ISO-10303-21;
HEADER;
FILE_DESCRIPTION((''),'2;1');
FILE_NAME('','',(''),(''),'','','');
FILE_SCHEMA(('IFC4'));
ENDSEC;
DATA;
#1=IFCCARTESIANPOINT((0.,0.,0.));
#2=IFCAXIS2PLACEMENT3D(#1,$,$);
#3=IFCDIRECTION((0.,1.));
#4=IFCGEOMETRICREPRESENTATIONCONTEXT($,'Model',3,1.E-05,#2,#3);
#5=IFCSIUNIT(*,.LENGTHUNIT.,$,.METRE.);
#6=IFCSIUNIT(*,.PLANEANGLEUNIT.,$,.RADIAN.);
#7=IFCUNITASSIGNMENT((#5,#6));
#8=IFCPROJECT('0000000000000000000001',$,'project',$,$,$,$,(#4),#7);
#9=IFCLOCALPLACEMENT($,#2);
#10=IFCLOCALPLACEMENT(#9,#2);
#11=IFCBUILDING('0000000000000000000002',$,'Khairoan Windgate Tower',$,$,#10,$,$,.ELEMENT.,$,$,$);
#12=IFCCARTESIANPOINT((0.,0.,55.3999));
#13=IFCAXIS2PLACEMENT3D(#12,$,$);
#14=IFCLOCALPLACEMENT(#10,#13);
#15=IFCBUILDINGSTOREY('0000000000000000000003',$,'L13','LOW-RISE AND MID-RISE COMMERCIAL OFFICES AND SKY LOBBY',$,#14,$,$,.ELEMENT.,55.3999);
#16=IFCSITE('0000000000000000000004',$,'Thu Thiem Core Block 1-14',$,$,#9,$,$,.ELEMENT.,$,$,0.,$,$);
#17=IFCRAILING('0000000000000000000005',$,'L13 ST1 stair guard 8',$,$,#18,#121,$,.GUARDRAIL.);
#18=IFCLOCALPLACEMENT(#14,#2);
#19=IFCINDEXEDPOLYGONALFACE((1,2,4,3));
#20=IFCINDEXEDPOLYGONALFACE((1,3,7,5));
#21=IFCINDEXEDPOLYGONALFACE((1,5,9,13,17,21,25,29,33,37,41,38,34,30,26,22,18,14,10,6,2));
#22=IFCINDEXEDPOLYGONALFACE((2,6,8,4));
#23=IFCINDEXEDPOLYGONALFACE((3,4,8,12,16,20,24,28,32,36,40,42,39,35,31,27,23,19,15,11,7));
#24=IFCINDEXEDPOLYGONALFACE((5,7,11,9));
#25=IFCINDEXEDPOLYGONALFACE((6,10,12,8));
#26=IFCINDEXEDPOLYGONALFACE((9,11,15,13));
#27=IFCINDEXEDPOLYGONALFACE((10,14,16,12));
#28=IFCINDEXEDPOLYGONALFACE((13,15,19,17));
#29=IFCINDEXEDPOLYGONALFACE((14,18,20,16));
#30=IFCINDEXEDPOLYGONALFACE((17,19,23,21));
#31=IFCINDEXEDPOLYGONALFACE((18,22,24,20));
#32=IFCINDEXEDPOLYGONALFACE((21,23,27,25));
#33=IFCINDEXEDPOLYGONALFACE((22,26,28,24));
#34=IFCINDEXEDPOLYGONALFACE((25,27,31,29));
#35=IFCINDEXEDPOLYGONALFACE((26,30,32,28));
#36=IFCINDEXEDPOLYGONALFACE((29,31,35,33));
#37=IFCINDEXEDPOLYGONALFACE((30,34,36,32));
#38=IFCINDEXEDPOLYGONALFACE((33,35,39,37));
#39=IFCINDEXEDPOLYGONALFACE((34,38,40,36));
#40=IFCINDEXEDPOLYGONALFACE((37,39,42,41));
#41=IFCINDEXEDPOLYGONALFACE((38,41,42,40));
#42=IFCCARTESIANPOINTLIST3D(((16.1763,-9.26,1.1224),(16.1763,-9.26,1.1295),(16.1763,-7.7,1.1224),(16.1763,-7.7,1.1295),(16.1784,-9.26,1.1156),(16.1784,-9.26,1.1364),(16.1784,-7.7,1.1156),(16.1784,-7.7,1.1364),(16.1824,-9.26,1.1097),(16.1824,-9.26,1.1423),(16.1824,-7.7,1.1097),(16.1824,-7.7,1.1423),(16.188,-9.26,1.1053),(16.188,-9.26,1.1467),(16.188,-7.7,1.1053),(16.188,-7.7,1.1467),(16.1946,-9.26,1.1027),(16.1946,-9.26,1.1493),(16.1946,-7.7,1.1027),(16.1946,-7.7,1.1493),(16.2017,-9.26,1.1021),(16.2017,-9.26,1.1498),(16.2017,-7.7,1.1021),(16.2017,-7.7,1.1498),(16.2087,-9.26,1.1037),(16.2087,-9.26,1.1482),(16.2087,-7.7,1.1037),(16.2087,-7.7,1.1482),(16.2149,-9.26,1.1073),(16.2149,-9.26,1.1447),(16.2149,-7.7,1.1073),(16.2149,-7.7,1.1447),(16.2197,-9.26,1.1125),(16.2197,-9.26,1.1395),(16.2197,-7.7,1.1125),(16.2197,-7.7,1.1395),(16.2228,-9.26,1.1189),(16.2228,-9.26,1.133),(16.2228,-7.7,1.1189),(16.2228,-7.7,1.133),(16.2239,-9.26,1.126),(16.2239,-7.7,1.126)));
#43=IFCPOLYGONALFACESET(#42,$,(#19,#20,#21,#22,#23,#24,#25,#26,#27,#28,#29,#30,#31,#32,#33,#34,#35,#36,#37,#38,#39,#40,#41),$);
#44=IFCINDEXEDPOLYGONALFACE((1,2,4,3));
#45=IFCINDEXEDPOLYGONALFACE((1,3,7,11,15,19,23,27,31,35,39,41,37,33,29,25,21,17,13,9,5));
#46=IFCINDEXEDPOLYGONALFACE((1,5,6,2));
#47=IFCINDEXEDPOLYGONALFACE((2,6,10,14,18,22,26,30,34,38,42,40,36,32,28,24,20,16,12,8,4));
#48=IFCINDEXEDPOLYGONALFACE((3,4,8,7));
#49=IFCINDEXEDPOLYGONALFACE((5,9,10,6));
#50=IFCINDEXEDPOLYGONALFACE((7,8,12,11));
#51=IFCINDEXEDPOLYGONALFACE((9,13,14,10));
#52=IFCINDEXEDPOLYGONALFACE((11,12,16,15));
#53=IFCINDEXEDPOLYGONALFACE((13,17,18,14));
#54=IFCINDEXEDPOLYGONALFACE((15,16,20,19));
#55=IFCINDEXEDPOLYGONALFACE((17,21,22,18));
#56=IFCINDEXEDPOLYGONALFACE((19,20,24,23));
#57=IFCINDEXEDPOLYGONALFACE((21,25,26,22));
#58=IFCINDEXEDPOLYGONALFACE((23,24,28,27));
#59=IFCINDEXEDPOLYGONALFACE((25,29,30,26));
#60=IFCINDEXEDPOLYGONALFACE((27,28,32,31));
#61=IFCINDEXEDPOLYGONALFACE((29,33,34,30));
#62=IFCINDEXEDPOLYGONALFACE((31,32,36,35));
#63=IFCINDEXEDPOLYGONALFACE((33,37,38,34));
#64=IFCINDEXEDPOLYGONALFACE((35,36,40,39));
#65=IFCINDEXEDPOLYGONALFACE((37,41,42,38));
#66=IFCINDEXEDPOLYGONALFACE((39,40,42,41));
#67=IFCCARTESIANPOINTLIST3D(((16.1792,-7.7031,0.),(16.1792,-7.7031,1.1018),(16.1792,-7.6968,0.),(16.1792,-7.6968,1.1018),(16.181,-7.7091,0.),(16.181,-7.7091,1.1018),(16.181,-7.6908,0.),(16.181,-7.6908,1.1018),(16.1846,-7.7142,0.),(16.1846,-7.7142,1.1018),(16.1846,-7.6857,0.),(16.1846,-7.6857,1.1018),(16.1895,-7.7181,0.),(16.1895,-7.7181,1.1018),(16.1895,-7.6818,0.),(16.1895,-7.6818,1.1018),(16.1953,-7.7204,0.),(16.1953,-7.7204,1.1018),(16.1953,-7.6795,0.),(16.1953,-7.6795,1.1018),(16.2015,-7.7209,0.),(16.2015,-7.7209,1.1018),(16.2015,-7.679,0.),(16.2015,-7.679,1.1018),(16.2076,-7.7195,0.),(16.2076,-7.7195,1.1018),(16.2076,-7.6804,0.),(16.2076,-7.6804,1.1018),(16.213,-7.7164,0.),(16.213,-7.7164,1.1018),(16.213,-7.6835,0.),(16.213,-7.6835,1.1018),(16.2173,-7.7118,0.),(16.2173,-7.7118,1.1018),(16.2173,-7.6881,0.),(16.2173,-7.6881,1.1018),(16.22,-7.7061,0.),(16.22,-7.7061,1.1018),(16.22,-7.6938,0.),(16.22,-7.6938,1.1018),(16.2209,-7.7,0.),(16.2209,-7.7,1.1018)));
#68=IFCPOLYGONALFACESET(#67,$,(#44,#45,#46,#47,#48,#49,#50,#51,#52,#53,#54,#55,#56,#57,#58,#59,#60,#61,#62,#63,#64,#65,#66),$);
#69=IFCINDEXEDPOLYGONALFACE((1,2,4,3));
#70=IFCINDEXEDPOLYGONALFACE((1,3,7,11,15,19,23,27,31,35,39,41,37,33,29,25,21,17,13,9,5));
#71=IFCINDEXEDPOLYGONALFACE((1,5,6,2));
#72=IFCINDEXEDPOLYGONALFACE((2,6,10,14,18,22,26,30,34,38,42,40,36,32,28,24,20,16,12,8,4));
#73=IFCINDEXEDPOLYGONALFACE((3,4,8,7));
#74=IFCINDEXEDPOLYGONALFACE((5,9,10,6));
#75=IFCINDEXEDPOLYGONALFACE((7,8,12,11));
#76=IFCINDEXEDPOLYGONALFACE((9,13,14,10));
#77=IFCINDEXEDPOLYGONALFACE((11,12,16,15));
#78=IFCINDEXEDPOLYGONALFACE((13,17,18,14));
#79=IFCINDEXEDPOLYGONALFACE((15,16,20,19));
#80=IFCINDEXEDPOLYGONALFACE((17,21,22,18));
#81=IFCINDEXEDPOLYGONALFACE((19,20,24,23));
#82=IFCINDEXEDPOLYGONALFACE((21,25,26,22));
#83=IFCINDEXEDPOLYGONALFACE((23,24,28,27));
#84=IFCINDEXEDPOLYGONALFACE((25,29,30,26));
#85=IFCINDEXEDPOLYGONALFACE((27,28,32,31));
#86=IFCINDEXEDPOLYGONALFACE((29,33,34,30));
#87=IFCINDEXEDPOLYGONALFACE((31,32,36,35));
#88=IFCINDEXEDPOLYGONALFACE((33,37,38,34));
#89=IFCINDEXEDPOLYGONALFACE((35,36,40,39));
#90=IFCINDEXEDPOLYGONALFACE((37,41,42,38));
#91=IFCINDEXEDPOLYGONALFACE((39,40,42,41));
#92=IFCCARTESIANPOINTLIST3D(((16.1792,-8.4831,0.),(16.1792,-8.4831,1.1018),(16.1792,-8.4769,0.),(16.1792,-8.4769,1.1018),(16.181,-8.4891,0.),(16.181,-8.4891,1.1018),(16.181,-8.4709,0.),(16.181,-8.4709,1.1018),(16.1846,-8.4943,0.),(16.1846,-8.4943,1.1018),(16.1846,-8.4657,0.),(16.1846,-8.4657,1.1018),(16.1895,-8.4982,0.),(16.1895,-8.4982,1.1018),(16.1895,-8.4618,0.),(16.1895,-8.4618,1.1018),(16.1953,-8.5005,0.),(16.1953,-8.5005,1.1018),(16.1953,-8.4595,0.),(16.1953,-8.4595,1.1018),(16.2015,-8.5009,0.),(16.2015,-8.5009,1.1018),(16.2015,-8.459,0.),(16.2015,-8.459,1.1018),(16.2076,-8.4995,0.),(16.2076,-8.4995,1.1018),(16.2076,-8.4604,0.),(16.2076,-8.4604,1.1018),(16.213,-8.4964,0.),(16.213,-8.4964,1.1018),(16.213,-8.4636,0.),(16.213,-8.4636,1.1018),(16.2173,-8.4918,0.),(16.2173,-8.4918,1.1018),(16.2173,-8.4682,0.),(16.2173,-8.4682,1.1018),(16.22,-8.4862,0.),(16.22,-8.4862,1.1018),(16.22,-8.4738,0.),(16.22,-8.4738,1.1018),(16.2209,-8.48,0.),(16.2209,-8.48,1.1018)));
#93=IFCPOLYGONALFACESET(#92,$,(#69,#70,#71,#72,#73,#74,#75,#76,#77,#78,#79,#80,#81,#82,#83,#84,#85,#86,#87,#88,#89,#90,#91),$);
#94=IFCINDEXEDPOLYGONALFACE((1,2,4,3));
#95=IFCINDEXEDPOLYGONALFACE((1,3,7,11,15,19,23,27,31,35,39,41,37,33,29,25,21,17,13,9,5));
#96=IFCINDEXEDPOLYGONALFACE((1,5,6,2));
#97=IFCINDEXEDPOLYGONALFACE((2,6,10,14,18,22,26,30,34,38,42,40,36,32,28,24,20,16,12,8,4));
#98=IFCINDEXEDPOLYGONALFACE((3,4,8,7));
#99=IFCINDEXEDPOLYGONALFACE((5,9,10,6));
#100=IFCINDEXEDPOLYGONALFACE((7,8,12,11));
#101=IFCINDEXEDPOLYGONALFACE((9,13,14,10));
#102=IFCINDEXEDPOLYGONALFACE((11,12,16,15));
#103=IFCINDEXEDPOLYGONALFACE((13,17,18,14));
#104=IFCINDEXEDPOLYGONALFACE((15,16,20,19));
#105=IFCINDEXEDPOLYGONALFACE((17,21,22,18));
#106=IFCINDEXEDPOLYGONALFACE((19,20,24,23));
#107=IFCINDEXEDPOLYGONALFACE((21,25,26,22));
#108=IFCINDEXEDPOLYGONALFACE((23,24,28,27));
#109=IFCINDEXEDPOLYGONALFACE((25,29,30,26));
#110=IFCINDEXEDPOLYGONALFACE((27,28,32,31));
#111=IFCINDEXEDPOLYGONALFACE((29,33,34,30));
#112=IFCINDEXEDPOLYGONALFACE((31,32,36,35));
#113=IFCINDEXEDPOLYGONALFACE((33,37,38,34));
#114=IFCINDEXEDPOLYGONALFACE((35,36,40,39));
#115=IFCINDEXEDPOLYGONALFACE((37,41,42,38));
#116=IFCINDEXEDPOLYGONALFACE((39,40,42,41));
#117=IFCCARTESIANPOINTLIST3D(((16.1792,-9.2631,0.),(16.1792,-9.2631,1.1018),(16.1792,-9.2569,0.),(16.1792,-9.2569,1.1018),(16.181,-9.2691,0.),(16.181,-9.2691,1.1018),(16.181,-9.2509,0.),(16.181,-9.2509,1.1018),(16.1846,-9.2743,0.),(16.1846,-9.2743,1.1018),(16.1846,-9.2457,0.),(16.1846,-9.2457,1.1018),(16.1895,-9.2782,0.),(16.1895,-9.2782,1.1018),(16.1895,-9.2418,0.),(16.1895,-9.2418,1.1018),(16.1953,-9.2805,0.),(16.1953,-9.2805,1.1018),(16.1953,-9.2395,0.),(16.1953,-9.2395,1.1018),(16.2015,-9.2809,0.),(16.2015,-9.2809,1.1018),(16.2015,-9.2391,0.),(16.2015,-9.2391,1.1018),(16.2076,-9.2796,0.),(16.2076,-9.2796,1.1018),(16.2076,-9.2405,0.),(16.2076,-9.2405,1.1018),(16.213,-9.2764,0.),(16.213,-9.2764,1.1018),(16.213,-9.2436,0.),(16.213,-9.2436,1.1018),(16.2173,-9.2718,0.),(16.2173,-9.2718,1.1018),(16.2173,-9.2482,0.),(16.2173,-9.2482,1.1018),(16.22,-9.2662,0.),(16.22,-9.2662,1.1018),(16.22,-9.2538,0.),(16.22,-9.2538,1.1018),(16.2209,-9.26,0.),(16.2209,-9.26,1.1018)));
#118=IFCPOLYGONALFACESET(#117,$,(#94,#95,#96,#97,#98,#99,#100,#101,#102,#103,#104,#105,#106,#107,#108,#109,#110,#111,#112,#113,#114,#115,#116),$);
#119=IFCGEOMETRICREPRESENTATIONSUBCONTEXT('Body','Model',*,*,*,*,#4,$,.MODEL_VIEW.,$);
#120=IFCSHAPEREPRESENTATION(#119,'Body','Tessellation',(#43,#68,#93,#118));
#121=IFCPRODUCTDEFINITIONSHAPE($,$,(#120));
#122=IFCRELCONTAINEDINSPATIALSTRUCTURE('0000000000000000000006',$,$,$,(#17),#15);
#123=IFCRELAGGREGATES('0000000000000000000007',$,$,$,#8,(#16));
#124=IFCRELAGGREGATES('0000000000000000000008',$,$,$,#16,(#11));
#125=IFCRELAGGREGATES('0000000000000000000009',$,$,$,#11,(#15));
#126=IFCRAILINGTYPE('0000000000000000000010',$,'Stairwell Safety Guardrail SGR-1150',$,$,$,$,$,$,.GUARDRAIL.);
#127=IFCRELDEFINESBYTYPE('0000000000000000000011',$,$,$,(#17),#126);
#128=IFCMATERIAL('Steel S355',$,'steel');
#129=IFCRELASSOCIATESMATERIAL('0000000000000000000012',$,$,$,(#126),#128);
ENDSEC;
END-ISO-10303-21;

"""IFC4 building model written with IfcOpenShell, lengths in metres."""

from ifc_helpers import new_model, si_unit, direction, frame, origin, origin_2d, place, context, subcontext, project, spatial, circle, extrude, material, type_object, element, save


model = new_model("IFC4")

# Units and contexts
model_context = context("Model", 3, precision=1e-05, world=origin(), true_north=direction((0.0, 1.0)))
body_context = subcontext(model_context, "Body", "Model", "MODEL_VIEW")
ifc_project = project(units=[si_unit("LENGTHUNIT", "METRE"), si_unit("PLANEANGLEUNIT", "RADIAN")], contexts=[model_context])

# Site, building, storey
site_placement = place(None, origin())
site = spatial("IfcSite", under=ifc_project, at=site_placement, Name="Thu Thiem Core Block 1-14", CompositionType="ELEMENT", RefElevation=0.0)
building_placement = place(site_placement, origin())
building = spatial("IfcBuilding", under=site, at=building_placement, Name="Khairoan Windgate Tower", CompositionType="ELEMENT")
storey_placement = place(building_placement, frame((0.0, 0.0, 55.3999)))
storey = spatial("IfcBuildingStorey", under=building, at=storey_placement, Name="L13", Description="LOW-RISE AND MID-RISE COMMERCIAL OFFICES AND SKY LOBBY", CompositionType="ELEMENT", Elevation=55.3999)

# Railing
ifc_material_1 = material(Name="Steel S355", Category="steel")
railing_type_1 = type_object("IfcRailingType", Name="Stairwell Safety Guardrail SGR-1150", PredefinedType="GUARDRAIL", material=ifc_material_1)
railing_1_placement = place(storey_placement, frame((16.2, -7.7, 0.0)))
element("IfcRailing", 1, at=railing_1_placement, inside=storey, type_object=railing_type_1, Name="L13 ST1 stair guard 8", PredefinedType="GUARDRAIL", context=body_context, shape_type="SweptSolid", body=[
    extrude(circle(Radius=0.0239, at=origin_2d()), frame((0.0, 0.0, 1.126), z_axis=(0.0, -1.0, 0.0), x_axis=(1.0, 0.0, 0.0)), (0.0, 0.0, 1.0), 1.5601),
    extrude(circle(Radius=0.021, at=origin_2d()), origin(), (0.0, 0.0, 1.0), 1.1018),
    extrude(circle(Radius=0.021, at=origin_2d()), frame((0.0, -0.78, 0.0)), (0.0, 0.0, 1.0), 1.1018),
    extrude(circle(Radius=0.021, at=origin_2d()), frame((0.0, -1.5601, 0.0)), (0.0, 0.0, 1.0), 1.1018),
])

save(model, "model.ifc")
